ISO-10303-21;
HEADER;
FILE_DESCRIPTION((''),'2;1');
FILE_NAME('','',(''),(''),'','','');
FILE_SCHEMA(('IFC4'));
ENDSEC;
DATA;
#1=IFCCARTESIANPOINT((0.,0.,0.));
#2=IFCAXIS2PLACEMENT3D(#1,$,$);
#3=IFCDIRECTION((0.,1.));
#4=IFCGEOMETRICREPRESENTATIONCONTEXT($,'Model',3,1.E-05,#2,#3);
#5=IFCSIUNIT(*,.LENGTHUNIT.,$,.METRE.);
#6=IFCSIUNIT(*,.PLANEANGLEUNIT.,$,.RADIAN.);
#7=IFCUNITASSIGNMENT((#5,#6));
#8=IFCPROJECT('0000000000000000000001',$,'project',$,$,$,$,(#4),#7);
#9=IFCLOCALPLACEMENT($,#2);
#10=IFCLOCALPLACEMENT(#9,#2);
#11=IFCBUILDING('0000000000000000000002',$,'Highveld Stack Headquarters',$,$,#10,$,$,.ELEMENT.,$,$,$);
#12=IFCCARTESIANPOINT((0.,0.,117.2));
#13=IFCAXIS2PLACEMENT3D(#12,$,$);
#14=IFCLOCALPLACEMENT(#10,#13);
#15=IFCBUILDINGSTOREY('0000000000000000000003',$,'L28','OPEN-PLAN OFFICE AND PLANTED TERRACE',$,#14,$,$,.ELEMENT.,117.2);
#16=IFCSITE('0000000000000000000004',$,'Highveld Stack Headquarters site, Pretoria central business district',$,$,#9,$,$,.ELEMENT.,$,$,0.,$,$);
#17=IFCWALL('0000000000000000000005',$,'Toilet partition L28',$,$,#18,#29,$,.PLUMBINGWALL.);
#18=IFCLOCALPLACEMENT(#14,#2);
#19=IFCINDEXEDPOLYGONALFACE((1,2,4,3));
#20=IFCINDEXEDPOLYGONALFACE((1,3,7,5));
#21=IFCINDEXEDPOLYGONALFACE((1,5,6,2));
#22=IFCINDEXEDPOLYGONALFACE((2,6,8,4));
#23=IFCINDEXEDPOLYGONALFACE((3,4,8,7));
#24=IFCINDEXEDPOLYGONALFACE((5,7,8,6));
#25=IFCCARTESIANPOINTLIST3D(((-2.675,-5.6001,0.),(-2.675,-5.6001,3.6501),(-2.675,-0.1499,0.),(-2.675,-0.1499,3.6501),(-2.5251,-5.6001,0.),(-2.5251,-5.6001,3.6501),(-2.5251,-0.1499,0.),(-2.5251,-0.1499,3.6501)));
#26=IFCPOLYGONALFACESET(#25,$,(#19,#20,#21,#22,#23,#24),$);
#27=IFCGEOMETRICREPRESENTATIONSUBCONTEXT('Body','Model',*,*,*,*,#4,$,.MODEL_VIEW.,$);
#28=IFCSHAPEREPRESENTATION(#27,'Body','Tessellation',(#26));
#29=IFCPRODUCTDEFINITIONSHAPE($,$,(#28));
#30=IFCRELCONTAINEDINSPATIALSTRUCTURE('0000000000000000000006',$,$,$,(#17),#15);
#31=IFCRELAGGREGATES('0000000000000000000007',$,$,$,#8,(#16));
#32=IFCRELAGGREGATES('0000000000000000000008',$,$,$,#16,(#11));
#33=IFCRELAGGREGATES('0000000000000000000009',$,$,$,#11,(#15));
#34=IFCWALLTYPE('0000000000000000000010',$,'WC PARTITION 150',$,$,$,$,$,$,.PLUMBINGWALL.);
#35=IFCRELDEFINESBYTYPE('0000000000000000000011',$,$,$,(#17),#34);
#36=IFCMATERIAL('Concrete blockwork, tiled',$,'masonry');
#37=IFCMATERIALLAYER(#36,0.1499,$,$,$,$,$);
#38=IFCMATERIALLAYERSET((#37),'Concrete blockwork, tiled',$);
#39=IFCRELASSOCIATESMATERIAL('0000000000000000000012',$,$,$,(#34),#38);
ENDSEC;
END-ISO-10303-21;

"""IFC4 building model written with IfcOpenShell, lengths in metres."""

from ifc_helpers import new_model, si_unit, direction, frame, frame_2d, origin, place, context, subcontext, project, spatial, rectangle, extrude, material, layer, layer_set, type_object, element, save


model = new_model("IFC4")

# Units and contexts
model_context = context("Model", 3, precision=1e-05, world=origin(), true_north=direction((0.0, 1.0)))
body_context = subcontext(model_context, "Body", "Model", "MODEL_VIEW")
ifc_project = project(units=[si_unit("LENGTHUNIT", "METRE"), si_unit("PLANEANGLEUNIT", "RADIAN")], contexts=[model_context])

# Site, building, storey
site_placement = place(None, origin())
site = spatial("IfcSite", under=ifc_project, at=site_placement, Name="Highveld Stack Headquarters site, Pretoria central business district", CompositionType="ELEMENT", RefElevation=0.0)
building_placement = place(site_placement, origin())
building = spatial("IfcBuilding", under=site, at=building_placement, Name="Highveld Stack Headquarters", CompositionType="ELEMENT")
storey_placement = place(building_placement, frame((0.0, 0.0, 117.2)))
storey = spatial("IfcBuildingStorey", under=building, at=storey_placement, Name="L28", Description="OPEN-PLAN OFFICE AND PLANTED TERRACE", CompositionType="ELEMENT", Elevation=117.2)

# Wall
ifc_material_1 = material(Name="Concrete blockwork, tiled", Category="masonry")
ifc_layer_1 = layer(ifc_material_1, 0.1499)
ifc_layer_set_1 = layer_set([ifc_layer_1], Name="Concrete blockwork, tiled")
wall_type_1 = type_object("IfcWallType", Name="WC PARTITION 150", PredefinedType="PLUMBINGWALL", material=ifc_layer_set_1)
wall_1_placement = place(storey_placement, frame((-2.6001, -5.6001, 0.0), z_axis=(0.0, 0.0, 1.0), x_axis=(0.0, 1.0, 0.0)))
element("IfcWall", 1, at=wall_1_placement, inside=storey, type_object=wall_type_1, Name="Toilet partition L28", PredefinedType="PLUMBINGWALL", context=body_context, shape_type="SweptSolid", body=[
    extrude(rectangle(XDim=5.4502, YDim=0.1499, at=frame_2d((2.7251, 0.0))), origin(), (0.0, 0.0, 1.0), 3.6501),
])

save(model, "model.ifc")
